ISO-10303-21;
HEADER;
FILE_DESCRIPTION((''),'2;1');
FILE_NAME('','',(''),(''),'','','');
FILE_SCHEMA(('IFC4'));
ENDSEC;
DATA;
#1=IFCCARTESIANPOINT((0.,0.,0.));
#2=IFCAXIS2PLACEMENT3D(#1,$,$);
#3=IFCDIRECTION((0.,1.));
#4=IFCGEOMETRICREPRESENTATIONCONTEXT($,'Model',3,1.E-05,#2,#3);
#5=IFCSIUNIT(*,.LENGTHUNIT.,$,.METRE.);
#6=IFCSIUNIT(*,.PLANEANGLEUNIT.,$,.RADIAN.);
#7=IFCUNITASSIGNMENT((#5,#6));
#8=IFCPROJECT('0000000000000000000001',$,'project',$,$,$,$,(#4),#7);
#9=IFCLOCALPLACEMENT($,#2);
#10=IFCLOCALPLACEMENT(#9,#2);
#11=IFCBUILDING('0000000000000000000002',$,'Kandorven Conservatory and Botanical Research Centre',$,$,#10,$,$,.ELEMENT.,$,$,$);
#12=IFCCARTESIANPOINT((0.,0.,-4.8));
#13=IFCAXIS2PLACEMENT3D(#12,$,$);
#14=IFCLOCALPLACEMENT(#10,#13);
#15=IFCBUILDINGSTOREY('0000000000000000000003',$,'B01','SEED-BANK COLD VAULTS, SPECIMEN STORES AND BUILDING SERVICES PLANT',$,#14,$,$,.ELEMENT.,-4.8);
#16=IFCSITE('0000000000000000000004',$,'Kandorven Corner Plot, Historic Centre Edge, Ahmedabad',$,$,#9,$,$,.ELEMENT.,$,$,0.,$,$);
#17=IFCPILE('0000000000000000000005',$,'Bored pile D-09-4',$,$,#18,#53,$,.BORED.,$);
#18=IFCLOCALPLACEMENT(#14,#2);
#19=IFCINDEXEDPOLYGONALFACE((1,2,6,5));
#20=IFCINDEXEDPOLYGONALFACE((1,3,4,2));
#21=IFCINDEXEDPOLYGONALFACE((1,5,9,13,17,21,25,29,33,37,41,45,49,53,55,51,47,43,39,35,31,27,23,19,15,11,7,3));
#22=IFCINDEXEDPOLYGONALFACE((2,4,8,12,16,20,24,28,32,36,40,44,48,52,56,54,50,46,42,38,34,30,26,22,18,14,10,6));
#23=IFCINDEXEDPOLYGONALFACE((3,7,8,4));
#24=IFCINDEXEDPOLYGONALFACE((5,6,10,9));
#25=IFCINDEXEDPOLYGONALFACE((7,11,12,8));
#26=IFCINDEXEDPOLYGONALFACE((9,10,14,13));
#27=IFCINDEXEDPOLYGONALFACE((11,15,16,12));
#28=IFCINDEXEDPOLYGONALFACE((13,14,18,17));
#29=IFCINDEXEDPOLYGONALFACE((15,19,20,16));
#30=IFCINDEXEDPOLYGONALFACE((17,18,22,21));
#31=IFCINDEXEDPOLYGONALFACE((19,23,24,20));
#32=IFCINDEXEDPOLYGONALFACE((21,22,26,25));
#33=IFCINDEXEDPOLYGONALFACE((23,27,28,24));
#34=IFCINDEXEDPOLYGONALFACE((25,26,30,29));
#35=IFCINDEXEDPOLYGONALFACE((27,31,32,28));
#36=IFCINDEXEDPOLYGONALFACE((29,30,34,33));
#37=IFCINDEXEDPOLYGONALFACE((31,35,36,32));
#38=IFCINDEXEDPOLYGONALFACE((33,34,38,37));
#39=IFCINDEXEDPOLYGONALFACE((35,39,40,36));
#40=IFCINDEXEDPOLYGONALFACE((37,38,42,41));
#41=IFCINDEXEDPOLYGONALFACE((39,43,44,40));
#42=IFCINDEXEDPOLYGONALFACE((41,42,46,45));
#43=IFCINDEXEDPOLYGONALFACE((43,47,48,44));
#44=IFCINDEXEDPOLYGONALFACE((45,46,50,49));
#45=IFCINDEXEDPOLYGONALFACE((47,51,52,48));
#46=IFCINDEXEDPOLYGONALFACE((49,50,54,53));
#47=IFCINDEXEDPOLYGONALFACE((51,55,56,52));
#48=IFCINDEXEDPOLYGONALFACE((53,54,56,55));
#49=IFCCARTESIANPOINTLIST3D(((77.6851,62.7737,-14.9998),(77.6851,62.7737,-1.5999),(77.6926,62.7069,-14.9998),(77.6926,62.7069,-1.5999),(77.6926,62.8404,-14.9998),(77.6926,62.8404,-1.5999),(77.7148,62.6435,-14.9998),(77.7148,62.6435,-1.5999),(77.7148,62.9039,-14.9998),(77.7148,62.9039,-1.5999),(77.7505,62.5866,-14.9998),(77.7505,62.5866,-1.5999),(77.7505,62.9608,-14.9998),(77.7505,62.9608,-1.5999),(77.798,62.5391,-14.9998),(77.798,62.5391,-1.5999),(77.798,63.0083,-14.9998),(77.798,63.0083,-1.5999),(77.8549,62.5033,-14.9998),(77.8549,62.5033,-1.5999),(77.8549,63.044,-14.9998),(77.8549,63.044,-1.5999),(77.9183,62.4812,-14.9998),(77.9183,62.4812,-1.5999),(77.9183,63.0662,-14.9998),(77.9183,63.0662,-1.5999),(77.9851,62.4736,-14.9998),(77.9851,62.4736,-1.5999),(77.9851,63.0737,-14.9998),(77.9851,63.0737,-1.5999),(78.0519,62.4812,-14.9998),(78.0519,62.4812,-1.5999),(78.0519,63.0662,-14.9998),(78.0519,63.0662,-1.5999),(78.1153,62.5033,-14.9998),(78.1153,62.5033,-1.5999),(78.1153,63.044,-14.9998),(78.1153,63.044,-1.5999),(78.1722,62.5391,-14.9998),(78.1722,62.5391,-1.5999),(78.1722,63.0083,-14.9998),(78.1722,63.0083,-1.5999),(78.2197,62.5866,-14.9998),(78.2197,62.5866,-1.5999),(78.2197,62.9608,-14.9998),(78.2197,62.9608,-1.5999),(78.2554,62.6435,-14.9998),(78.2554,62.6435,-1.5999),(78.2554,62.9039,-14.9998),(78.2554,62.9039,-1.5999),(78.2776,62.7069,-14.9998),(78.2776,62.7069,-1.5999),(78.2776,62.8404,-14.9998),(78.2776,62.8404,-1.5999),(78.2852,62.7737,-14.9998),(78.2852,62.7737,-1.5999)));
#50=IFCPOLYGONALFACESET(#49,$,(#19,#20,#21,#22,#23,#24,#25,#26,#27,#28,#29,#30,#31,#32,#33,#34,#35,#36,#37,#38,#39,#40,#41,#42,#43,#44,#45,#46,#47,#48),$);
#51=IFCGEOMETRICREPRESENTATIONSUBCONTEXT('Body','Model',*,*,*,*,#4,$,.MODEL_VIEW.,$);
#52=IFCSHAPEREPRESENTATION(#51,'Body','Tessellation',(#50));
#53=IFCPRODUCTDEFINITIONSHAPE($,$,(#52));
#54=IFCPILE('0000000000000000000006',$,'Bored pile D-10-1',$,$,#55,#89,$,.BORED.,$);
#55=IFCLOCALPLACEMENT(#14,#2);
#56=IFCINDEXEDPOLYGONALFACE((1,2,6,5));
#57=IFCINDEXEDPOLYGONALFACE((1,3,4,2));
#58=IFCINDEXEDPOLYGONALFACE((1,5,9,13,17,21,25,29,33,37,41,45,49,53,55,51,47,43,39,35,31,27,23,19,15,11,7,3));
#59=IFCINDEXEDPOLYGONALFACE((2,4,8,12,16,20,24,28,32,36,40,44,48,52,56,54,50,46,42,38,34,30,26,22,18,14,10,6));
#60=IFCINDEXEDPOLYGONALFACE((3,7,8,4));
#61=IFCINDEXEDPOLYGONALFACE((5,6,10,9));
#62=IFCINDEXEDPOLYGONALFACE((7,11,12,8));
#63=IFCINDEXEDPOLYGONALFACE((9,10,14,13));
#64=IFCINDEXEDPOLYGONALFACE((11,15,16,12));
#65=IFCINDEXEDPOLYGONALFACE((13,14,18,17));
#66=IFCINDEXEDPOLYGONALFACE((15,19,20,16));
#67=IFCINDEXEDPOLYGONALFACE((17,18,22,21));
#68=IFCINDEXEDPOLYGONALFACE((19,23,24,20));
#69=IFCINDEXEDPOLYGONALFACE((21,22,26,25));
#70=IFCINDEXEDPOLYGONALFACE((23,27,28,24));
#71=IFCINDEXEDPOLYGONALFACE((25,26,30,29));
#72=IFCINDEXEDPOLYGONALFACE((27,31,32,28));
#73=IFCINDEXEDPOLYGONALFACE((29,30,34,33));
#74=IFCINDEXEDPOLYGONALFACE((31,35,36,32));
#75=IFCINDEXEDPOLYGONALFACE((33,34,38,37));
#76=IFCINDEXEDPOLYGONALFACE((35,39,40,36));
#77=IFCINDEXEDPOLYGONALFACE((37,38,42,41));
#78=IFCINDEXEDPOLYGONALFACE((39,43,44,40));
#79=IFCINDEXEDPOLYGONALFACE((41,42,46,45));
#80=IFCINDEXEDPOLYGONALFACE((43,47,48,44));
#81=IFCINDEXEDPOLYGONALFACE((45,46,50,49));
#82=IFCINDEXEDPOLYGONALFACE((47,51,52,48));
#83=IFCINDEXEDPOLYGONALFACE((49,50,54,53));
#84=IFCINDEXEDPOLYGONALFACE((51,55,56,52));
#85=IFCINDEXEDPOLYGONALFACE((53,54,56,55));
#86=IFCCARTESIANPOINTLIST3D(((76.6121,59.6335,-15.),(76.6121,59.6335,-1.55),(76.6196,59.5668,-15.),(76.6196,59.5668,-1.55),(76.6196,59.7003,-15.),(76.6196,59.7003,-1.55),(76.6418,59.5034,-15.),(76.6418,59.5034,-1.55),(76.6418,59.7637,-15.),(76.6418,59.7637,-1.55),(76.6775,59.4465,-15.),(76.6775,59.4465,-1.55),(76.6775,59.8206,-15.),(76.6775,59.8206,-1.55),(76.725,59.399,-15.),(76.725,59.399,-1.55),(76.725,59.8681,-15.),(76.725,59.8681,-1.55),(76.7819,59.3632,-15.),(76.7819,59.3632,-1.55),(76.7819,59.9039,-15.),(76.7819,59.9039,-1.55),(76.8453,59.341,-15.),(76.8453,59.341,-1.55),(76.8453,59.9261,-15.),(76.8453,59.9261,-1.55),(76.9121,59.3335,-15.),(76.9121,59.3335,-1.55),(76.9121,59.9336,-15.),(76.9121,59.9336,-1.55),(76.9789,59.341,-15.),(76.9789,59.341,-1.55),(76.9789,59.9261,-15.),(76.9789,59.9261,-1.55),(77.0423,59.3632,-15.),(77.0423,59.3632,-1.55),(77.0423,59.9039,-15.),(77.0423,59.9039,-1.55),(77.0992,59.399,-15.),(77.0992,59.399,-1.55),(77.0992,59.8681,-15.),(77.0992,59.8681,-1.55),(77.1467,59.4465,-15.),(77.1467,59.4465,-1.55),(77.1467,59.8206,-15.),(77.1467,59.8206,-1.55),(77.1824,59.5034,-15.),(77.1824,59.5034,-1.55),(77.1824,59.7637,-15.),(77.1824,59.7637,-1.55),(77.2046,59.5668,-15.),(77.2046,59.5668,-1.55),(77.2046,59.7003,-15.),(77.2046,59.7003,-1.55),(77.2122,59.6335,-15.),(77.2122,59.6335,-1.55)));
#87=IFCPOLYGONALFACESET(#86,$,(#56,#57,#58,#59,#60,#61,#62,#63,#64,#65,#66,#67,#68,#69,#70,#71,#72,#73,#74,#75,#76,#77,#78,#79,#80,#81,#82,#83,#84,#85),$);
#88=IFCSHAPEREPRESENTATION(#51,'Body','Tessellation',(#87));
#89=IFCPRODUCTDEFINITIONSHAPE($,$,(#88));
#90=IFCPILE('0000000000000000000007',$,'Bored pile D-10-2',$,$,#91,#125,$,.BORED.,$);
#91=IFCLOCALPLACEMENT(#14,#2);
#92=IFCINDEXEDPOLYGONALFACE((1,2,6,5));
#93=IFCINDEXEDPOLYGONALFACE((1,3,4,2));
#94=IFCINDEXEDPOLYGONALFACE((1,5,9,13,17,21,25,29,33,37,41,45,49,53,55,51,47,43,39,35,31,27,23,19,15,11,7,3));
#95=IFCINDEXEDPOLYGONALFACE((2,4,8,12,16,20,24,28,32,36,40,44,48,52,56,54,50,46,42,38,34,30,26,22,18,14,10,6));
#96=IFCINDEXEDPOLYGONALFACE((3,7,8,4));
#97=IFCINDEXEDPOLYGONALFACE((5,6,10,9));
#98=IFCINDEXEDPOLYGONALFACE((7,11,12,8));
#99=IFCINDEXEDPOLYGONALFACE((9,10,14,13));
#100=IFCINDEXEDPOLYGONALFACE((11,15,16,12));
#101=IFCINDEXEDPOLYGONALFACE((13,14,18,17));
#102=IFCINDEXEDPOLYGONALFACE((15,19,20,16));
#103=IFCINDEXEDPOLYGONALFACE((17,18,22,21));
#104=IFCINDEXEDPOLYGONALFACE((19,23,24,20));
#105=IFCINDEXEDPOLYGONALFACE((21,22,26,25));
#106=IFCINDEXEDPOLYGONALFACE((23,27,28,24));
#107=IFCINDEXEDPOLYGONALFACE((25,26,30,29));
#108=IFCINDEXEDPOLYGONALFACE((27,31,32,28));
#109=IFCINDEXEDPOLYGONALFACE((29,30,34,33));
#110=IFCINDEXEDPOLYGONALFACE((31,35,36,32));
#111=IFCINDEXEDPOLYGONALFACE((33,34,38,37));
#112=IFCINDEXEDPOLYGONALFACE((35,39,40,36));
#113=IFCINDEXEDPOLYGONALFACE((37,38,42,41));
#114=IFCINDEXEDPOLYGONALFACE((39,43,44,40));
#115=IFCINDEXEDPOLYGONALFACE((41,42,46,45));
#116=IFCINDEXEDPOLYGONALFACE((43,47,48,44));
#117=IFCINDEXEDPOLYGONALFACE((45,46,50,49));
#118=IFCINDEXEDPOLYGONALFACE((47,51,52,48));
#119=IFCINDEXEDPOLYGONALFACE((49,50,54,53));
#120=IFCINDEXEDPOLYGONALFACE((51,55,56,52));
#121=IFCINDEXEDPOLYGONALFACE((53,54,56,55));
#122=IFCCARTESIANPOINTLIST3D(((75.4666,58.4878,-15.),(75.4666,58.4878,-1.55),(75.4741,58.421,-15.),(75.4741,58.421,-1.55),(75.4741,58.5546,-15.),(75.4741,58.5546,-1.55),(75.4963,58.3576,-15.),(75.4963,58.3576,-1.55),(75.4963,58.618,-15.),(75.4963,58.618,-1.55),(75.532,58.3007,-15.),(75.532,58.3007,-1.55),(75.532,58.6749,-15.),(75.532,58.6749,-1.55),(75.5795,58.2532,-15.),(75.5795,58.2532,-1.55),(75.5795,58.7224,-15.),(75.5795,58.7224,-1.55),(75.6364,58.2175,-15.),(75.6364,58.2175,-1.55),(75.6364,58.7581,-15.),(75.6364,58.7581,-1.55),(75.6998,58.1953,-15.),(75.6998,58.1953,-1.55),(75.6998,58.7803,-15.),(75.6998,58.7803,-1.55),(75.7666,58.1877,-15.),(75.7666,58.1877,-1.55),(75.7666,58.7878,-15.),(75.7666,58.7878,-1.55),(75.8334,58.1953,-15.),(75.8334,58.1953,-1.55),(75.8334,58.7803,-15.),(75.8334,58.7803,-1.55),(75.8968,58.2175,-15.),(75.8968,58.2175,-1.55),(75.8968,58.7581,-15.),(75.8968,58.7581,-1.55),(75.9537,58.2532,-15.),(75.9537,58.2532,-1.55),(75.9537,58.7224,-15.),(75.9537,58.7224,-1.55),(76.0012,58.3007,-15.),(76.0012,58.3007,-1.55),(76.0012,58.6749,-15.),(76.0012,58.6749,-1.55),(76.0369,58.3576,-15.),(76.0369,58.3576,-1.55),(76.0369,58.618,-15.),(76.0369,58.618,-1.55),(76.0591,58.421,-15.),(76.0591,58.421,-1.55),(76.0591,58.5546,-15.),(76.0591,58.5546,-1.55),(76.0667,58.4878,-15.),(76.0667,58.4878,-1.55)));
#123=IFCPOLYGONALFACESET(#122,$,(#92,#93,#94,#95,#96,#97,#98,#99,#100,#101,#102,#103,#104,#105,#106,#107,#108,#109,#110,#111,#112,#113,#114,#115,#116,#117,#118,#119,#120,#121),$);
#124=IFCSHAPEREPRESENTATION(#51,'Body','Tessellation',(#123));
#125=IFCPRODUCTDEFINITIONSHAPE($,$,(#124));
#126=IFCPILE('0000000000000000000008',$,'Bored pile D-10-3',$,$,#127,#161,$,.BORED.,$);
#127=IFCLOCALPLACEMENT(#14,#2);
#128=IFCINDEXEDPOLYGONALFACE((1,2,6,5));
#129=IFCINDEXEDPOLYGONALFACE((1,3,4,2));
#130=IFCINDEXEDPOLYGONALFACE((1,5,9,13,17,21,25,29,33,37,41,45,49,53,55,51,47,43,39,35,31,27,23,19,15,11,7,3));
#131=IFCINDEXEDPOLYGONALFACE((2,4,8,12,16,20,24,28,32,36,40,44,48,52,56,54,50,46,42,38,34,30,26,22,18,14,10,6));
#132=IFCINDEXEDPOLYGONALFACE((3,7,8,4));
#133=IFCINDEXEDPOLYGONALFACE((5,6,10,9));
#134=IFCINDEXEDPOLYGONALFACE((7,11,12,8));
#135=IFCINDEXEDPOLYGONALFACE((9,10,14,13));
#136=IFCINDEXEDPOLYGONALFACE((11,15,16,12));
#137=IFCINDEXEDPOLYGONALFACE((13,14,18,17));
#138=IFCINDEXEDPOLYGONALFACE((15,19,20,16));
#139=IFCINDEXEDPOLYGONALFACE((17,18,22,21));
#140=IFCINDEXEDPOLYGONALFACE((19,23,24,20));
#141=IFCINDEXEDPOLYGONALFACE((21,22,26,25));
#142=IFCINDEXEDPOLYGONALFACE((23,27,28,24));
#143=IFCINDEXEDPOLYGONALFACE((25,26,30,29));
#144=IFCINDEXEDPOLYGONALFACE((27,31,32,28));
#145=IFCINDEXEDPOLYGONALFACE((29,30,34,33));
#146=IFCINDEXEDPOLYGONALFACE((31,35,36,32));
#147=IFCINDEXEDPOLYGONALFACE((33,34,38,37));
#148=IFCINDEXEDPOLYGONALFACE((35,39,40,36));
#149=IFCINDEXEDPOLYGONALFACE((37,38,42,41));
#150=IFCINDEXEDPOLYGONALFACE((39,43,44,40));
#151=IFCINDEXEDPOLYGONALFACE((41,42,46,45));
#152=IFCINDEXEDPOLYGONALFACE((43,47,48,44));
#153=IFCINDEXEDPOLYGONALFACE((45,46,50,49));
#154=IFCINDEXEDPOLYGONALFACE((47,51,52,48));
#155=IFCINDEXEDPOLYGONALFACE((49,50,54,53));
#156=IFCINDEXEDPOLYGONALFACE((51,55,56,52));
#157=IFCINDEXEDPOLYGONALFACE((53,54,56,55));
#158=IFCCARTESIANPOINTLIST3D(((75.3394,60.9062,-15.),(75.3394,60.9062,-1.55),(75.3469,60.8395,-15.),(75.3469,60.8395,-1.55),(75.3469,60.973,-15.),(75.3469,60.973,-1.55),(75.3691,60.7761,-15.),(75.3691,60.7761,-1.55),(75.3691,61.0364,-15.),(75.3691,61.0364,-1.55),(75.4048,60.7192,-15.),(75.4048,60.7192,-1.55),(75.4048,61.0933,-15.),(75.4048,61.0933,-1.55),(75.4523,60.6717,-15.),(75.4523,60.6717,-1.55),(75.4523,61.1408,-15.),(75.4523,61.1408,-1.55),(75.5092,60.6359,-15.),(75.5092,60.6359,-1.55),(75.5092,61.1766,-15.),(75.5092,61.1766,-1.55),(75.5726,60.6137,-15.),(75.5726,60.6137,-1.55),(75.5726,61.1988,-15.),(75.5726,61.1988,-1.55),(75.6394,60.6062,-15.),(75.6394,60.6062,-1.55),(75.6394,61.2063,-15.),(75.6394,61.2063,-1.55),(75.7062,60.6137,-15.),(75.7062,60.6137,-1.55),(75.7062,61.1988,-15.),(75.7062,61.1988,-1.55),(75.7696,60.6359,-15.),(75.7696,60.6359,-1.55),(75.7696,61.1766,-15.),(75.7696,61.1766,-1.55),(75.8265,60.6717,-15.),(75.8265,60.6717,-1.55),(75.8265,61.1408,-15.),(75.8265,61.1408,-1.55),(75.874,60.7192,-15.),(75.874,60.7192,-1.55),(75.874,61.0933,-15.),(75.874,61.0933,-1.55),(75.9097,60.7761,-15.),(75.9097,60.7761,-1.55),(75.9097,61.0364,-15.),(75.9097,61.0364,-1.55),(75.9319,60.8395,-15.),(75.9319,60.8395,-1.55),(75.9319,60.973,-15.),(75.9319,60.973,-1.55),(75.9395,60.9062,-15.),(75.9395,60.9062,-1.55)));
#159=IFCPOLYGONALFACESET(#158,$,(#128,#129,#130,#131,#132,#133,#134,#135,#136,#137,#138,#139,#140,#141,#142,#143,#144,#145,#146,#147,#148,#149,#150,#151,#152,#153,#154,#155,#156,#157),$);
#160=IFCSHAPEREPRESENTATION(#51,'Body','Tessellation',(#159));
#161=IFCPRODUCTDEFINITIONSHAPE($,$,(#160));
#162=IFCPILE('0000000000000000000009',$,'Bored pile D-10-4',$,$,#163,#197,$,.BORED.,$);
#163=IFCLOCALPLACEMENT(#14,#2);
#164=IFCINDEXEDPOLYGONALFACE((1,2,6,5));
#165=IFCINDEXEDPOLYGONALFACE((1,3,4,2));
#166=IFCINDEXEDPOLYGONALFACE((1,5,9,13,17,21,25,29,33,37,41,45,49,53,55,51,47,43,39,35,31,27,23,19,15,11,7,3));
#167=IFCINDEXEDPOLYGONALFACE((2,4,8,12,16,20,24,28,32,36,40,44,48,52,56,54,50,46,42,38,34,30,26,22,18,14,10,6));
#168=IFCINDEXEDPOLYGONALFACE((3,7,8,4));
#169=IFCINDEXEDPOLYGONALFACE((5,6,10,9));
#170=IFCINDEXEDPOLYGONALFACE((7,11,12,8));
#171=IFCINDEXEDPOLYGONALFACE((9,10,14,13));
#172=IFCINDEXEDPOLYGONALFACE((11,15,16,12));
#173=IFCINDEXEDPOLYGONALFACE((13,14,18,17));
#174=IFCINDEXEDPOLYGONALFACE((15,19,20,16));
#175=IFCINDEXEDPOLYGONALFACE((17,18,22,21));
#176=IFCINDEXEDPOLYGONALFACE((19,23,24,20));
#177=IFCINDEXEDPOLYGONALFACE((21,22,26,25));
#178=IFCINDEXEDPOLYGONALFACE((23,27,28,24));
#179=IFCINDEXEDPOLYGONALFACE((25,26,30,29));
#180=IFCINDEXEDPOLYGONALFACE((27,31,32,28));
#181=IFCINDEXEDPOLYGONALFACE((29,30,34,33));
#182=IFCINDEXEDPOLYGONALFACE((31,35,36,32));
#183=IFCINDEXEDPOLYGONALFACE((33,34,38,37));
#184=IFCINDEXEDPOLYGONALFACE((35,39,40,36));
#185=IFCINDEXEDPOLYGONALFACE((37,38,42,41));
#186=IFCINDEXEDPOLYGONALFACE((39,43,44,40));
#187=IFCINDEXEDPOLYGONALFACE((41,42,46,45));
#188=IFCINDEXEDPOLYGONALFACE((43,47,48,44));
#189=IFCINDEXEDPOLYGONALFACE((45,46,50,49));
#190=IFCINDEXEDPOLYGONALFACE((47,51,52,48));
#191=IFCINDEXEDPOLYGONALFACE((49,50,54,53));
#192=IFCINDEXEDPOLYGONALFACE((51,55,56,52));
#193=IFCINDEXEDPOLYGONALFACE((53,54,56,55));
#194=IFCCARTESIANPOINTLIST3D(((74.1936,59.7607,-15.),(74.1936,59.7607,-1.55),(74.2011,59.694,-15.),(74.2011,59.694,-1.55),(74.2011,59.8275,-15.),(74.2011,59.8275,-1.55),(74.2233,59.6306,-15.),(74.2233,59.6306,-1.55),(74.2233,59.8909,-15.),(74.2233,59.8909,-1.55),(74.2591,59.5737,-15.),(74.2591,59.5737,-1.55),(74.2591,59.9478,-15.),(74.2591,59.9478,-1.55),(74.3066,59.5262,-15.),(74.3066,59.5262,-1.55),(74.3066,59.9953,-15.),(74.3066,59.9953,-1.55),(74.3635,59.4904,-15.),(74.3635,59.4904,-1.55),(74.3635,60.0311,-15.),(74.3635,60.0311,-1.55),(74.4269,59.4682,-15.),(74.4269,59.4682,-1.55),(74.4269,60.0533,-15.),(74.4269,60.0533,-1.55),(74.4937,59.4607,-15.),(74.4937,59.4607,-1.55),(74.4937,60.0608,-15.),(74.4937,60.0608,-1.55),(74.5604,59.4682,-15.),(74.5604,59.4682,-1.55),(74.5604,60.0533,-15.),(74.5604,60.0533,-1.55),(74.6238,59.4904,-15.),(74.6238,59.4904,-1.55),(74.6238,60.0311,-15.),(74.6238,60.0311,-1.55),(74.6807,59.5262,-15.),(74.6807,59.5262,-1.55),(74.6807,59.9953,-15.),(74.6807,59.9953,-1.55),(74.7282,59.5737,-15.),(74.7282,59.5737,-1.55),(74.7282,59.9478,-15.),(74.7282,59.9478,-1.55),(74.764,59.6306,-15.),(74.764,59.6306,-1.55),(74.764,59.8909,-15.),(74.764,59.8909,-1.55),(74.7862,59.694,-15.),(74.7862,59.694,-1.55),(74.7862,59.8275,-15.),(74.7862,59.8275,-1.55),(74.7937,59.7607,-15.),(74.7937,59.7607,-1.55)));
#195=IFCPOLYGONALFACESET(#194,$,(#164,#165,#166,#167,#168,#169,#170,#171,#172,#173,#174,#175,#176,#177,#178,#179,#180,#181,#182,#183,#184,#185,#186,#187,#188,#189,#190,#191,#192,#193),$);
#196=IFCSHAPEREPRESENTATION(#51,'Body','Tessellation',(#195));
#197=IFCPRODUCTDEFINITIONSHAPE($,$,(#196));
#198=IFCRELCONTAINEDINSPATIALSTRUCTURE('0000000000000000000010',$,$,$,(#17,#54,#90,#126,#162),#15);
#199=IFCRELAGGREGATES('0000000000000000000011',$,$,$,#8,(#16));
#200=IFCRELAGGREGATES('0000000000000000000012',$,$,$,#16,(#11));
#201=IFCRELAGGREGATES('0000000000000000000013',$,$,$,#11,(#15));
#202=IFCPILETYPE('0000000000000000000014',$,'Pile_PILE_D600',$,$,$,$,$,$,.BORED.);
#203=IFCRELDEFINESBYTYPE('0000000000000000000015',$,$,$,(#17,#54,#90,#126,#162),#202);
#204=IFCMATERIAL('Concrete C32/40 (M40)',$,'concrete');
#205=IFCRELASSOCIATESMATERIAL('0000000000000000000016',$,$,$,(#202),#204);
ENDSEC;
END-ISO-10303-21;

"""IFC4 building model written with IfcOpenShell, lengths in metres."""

from ifc_helpers import new_model, si_unit, direction, frame, origin, origin_2d, place, context, subcontext, project, spatial, circle, extrude, material, material_profile, profile_set, type_object, element, save


model = new_model("IFC4")

# Units and contexts
model_context = context("Model", 3, precision=1e-05, world=origin(), true_north=direction((0.0, 1.0)))
body_context = subcontext(model_context, "Body", "Model", "MODEL_VIEW")
ifc_project = project(units=[si_unit("LENGTHUNIT", "METRE"), si_unit("PLANEANGLEUNIT", "RADIAN")], contexts=[model_context])

# Site, building, storey
site_placement = place(None, origin())
site = spatial("IfcSite", under=ifc_project, at=site_placement, Name="Kandorven Corner Plot, Historic Centre Edge, Ahmedabad", CompositionType="ELEMENT", RefElevation=0.0)
building_placement = place(site_placement, origin())
building = spatial("IfcBuilding", under=site, at=building_placement, Name="Kandorven Conservatory and Botanical Research Centre", CompositionType="ELEMENT")
storey_placement = place(building_placement, frame((0.0, 0.0, -4.8)))
storey = spatial("IfcBuildingStorey", under=building, at=storey_placement, Name="B01", Description="SEED-BANK COLD VAULTS, SPECIMEN STORES AND BUILDING SERVICES PLANT", CompositionType="ELEMENT", Elevation=-4.8)

# Piles
ifc_material_1 = material(Name="Concrete C32/40 (M40)", Category="concrete")
ifc_material_profile_1 = material_profile(ifc_material_1, circle(Radius=0.3, at=origin_2d()))
ifc_profile_set_1 = profile_set([ifc_material_profile_1], Name="Concrete C32/40 (M40)")
pile_type = type_object("IfcPileType", Name="Pile_PILE_D600", PredefinedType="BORED", material=ifc_profile_set_1)
for number, where, z_axis, x_axis, name in (
    (1, (77.9851, 62.7737, -1.5999), (0.0, 0.0, -1.0), (1.0, 0.0, 0.0), "Bored pile D-09-4"),
):
    element("IfcPile", number, at=place(storey_placement, frame(where, z_axis=z_axis, x_axis=x_axis)), inside=storey, type_object=pile_type, Name=name, PredefinedType="BORED", context=body_context, shape_type="SweptSolid", body=[
        extrude(circle(Radius=0.3, at=origin_2d()), origin(), (0.0, 0.0, 1.0), 13.3999),
    ])
for number, where, z_axis, x_axis, name in (
    (2, (76.9121, 59.6335, -1.55), (0.0, 0.0, -1.0), (1.0, 0.0, 0.0), "Bored pile D-10-1"),
    (3, (75.7666, 58.4878, -1.55), (0.0, 0.0, -1.0), (1.0, 0.0, 0.0), "Bored pile D-10-2"),
    (4, (75.6394, 60.9062, -1.55), (0.0, 0.0, -1.0), (1.0, 0.0, 0.0), "Bored pile D-10-3"),
    (5, (74.4937, 59.7607, -1.55), (0.0, 0.0, -1.0), (1.0, 0.0, 0.0), "Bored pile D-10-4"),
):
    element("IfcPile", number, at=place(storey_placement, frame(where, z_axis=z_axis, x_axis=x_axis)), inside=storey, type_object=pile_type, Name=name, PredefinedType="BORED", context=body_context, shape_type="SweptSolid", body=[
        extrude(circle(Radius=0.3, at=origin_2d()), origin(), (0.0, 0.0, 1.0), 13.45),
    ])

save(model, "model.ifc")
